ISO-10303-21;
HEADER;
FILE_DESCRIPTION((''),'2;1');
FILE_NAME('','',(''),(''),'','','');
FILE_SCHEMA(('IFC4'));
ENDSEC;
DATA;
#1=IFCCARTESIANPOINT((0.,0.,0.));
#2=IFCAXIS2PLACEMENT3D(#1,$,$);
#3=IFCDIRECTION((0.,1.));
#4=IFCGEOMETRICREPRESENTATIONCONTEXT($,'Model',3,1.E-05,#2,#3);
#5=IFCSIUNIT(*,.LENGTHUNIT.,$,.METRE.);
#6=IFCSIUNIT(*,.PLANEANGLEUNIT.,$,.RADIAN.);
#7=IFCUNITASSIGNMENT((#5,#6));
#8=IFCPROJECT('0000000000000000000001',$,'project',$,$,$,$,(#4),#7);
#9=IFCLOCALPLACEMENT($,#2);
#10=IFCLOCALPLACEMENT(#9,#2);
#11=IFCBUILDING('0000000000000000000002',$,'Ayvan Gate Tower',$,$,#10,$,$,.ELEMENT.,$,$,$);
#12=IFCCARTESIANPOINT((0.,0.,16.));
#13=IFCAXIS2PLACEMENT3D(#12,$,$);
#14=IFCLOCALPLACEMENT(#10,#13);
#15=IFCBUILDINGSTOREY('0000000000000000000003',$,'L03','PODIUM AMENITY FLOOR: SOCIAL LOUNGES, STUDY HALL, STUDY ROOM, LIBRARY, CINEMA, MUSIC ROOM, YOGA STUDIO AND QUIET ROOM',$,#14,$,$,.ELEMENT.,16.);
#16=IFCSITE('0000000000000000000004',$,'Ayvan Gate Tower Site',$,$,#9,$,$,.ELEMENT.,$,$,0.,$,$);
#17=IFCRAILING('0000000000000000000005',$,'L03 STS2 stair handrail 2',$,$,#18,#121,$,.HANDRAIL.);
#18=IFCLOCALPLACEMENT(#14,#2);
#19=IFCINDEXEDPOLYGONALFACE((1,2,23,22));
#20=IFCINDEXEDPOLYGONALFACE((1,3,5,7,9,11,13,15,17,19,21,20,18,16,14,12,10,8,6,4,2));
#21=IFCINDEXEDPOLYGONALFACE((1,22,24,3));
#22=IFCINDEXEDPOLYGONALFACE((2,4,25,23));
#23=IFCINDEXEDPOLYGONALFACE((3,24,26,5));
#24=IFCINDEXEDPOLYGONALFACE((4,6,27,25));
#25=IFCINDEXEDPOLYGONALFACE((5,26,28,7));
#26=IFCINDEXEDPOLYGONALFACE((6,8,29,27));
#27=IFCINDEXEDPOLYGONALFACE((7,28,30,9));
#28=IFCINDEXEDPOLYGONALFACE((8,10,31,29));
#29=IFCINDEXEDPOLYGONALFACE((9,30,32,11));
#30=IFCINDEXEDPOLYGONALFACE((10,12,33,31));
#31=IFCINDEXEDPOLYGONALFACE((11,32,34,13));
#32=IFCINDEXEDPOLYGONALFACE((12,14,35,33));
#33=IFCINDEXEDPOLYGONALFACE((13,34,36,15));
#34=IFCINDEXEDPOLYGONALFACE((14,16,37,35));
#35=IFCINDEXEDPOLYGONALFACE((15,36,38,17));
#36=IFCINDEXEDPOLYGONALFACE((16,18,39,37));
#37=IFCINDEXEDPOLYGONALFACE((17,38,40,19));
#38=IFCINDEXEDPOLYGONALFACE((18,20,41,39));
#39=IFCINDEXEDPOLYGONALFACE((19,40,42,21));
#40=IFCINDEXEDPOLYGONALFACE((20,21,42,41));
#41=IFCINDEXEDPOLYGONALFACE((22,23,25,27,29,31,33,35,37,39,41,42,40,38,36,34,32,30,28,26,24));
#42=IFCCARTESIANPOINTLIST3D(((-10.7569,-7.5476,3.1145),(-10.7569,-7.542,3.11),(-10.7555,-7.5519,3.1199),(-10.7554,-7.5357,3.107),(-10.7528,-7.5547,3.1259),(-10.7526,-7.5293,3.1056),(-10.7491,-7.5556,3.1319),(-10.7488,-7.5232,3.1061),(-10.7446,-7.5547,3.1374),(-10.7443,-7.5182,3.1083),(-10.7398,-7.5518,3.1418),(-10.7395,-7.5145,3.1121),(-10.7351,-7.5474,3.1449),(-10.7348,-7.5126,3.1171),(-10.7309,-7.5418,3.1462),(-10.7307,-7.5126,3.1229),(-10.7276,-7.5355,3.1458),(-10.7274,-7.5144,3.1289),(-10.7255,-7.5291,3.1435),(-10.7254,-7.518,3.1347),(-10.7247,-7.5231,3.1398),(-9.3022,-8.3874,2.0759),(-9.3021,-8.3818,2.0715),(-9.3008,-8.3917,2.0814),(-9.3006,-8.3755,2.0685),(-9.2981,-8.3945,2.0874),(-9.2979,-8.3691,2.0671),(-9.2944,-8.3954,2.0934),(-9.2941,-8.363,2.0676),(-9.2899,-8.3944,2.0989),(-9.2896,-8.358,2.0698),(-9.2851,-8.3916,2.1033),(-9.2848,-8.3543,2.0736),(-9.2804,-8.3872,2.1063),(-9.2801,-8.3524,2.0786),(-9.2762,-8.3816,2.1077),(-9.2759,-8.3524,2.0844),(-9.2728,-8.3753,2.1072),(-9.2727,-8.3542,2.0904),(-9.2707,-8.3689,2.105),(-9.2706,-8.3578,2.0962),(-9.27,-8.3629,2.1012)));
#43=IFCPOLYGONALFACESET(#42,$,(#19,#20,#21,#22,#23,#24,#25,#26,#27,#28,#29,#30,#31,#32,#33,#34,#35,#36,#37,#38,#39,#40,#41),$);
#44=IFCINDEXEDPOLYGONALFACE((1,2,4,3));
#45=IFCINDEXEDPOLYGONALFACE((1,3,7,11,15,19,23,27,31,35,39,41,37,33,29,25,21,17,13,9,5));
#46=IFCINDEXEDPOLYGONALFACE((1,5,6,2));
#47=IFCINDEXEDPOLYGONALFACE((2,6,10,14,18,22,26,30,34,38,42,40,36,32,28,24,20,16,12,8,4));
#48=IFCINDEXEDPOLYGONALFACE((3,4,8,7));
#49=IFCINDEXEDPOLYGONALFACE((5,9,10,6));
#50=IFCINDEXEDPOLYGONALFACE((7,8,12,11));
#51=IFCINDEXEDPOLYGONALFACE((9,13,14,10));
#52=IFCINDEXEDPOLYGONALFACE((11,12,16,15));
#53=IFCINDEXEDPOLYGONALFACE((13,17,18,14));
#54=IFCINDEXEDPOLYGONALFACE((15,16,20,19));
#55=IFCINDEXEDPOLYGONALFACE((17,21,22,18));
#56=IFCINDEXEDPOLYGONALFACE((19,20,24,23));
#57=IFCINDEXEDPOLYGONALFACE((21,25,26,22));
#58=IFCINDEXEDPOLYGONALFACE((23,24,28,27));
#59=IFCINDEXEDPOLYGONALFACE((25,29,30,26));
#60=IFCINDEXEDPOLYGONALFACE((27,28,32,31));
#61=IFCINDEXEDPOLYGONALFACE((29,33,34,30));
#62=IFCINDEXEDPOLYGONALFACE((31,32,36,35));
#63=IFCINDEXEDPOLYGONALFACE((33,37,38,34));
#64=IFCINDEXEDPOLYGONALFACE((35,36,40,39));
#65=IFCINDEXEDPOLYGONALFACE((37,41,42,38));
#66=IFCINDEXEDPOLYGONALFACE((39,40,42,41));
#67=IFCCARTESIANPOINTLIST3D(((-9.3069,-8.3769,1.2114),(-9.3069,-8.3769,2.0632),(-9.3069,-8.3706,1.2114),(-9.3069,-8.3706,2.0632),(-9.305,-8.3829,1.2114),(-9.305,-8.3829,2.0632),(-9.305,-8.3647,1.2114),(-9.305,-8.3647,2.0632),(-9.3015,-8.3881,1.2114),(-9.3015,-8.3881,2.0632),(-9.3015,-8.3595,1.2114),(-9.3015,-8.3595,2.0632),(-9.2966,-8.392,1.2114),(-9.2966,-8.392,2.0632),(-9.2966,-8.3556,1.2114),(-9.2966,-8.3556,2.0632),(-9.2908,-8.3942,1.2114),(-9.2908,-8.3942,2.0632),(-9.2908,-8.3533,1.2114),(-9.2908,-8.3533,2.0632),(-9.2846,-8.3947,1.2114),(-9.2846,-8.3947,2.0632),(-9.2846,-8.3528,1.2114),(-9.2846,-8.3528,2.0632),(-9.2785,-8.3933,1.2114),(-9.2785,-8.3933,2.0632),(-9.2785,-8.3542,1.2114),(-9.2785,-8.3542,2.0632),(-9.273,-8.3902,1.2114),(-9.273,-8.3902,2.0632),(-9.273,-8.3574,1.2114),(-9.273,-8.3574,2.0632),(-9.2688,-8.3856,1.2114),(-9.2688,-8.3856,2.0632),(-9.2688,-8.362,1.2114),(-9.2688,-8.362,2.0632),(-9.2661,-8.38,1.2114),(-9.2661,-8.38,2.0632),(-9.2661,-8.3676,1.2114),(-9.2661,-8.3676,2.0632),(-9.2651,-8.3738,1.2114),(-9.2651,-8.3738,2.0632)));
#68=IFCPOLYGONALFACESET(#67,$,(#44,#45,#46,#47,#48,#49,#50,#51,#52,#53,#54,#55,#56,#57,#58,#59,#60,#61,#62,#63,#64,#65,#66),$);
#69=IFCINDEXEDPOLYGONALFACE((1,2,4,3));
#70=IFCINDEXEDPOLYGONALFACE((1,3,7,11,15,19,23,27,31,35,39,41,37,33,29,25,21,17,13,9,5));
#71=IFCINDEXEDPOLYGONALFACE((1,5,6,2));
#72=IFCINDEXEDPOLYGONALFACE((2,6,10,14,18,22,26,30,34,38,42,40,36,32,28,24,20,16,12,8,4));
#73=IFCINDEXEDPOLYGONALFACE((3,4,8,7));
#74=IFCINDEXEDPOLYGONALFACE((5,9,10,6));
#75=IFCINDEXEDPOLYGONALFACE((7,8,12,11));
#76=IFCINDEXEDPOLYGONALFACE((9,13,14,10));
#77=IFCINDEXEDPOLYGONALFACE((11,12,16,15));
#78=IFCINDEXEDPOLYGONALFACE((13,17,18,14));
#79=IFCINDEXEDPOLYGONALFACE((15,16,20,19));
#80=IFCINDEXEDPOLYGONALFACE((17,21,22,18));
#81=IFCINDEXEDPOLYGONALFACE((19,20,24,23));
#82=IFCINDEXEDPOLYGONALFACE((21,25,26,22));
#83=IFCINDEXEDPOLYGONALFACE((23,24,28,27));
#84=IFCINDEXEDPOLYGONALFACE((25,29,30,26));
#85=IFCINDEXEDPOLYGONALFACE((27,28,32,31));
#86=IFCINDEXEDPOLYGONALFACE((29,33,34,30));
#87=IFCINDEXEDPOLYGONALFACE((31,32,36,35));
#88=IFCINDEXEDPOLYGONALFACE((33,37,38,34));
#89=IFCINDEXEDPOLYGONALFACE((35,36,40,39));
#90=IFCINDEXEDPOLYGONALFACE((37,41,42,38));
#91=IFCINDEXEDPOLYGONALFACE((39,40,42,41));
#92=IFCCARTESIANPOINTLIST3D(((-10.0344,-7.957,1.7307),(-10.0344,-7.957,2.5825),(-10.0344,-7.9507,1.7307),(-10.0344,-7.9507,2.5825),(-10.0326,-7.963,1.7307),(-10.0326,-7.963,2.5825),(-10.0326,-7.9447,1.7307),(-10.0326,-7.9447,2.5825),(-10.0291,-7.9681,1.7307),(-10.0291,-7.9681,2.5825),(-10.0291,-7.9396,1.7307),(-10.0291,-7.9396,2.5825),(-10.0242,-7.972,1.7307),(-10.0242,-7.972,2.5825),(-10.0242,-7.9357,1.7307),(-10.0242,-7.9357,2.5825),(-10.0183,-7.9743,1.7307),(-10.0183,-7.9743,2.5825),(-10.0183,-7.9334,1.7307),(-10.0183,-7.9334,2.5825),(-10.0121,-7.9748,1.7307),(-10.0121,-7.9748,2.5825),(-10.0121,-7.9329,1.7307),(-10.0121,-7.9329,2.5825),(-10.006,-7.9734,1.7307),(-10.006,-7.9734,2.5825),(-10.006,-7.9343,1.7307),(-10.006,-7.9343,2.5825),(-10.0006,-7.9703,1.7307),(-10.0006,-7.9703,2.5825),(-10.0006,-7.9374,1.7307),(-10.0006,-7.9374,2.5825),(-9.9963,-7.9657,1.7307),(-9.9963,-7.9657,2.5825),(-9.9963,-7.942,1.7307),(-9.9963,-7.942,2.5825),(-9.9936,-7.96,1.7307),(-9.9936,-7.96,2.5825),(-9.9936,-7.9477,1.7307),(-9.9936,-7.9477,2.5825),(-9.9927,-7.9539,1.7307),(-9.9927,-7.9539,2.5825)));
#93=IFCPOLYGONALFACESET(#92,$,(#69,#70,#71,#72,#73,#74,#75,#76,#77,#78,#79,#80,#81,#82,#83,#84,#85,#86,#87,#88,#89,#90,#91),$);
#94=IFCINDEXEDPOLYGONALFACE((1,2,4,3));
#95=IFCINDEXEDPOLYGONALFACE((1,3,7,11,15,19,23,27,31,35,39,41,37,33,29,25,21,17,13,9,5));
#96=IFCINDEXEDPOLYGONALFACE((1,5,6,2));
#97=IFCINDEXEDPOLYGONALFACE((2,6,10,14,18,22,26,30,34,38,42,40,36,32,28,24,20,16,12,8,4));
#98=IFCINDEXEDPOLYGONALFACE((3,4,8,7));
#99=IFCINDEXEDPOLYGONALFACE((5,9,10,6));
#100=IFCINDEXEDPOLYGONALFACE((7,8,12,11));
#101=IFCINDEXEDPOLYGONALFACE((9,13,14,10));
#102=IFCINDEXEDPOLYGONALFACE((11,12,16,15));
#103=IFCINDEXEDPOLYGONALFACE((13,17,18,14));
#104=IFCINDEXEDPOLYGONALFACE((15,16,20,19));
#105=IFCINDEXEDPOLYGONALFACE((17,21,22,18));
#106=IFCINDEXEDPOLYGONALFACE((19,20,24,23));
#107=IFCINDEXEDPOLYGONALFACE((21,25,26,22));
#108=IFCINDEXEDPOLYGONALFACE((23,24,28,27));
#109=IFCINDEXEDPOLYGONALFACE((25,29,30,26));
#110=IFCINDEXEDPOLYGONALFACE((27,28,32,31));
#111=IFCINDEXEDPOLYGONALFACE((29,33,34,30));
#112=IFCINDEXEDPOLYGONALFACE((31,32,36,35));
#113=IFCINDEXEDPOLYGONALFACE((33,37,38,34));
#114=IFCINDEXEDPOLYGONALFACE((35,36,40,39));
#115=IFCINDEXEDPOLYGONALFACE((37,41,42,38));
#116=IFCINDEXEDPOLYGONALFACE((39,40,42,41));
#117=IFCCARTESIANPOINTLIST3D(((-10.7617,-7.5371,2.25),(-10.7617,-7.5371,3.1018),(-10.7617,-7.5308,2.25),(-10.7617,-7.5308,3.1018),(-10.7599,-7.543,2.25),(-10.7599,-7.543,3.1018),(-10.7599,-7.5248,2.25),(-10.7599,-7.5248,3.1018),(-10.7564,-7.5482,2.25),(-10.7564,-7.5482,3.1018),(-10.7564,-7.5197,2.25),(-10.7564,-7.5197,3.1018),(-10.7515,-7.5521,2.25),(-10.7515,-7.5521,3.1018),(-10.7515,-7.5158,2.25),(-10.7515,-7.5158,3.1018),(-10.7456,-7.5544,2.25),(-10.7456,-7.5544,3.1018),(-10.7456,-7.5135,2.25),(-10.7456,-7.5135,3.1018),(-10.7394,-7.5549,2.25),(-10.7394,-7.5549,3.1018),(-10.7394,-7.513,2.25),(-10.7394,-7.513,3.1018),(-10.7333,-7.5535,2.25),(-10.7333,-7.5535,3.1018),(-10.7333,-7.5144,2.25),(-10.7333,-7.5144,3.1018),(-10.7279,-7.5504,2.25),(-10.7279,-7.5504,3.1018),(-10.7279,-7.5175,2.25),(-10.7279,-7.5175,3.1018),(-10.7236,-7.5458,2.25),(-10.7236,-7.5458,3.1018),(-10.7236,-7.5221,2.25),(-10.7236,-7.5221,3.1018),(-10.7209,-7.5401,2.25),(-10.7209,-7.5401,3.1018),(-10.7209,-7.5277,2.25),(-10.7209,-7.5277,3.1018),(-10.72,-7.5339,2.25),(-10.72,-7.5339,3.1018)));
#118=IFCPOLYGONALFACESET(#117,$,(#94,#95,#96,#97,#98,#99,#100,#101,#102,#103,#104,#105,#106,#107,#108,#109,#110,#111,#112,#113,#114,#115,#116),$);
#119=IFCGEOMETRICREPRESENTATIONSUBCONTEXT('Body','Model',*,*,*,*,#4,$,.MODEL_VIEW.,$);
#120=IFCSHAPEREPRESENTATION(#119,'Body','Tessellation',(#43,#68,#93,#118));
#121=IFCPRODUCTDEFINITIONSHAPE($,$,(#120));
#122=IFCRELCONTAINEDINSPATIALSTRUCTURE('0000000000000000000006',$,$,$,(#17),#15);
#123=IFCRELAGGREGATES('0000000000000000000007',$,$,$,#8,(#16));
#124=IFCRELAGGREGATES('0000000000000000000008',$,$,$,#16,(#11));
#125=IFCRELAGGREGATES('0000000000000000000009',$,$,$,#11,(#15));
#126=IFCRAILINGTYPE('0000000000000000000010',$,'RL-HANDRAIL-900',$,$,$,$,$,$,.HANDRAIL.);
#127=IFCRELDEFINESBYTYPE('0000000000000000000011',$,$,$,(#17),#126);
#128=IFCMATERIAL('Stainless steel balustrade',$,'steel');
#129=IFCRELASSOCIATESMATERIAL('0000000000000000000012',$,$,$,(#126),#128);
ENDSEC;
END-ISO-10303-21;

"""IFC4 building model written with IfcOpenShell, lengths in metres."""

from ifc_helpers import new_model, si_unit, direction, frame, origin, origin_2d, place, context, subcontext, project, spatial, circle, extrude, material, type_object, element, save


model = new_model("IFC4")

# Units and contexts
model_context = context("Model", 3, precision=1e-05, world=origin(), true_north=direction((0.0, 1.0)))
body_context = subcontext(model_context, "Body", "Model", "MODEL_VIEW")
ifc_project = project(units=[si_unit("LENGTHUNIT", "METRE"), si_unit("PLANEANGLEUNIT", "RADIAN")], contexts=[model_context])

# Site, building, storey
site_placement = place(None, origin())
site = spatial("IfcSite", under=ifc_project, at=site_placement, Name="Ayvan Gate Tower Site", CompositionType="ELEMENT", RefElevation=0.0)
building_placement = place(site_placement, origin())
building = spatial("IfcBuilding", under=site, at=building_placement, Name="Ayvan Gate Tower", CompositionType="ELEMENT")
storey_placement = place(building_placement, frame((0.0, 0.0, 16.0)))
storey = spatial("IfcBuildingStorey", under=building, at=storey_placement, Name="L03", Description="PODIUM AMENITY FLOOR: SOCIAL LOUNGES, STUDY HALL, STUDY ROOM, LIBRARY, CINEMA, MUSIC ROOM, YOGA STUDIO AND QUIET ROOM", CompositionType="ELEMENT", Elevation=16.0)

# Railing
ifc_material_1 = material(Name="Stainless steel balustrade", Category="steel")
railing_type_1 = type_object("IfcRailingType", Name="RL-HANDRAIL-900", PredefinedType="HANDRAIL", material=ifc_material_1)
railing_1_placement = place(storey_placement, frame((-9.2861, -8.3738, 1.2114)))
element("IfcRailing", 1, at=railing_1_placement, inside=storey, type_object=railing_type_1, Name="L03 STS2 stair handrail 2", PredefinedType="HANDRAIL", context=body_context, shape_type="SweptSolid", body=[
    extrude(circle(Radius=0.0239, at=origin_2d()), frame((0.0, 0.0, 0.876), z_axis=(-0.736635, 0.425243, 0.525868), x_axis=(-0.499953, -0.866052, 0.0)), (0.0, 0.0, 1.0), 1.9749),
    extrude(circle(Radius=0.021, at=origin_2d()), origin(), (0.0, 0.0, 1.0), 0.8518),
    extrude(circle(Radius=0.021, at=origin_2d()), frame((-0.7275, 0.4199, 0.5193)), (0.0, 0.0, 1.0), 0.8518),
    extrude(circle(Radius=0.021, at=origin_2d()), frame((-1.4548, 0.8398, 1.0386)), (0.0, 0.0, 1.0), 0.8518),
])

save(model, "model.ifc")
